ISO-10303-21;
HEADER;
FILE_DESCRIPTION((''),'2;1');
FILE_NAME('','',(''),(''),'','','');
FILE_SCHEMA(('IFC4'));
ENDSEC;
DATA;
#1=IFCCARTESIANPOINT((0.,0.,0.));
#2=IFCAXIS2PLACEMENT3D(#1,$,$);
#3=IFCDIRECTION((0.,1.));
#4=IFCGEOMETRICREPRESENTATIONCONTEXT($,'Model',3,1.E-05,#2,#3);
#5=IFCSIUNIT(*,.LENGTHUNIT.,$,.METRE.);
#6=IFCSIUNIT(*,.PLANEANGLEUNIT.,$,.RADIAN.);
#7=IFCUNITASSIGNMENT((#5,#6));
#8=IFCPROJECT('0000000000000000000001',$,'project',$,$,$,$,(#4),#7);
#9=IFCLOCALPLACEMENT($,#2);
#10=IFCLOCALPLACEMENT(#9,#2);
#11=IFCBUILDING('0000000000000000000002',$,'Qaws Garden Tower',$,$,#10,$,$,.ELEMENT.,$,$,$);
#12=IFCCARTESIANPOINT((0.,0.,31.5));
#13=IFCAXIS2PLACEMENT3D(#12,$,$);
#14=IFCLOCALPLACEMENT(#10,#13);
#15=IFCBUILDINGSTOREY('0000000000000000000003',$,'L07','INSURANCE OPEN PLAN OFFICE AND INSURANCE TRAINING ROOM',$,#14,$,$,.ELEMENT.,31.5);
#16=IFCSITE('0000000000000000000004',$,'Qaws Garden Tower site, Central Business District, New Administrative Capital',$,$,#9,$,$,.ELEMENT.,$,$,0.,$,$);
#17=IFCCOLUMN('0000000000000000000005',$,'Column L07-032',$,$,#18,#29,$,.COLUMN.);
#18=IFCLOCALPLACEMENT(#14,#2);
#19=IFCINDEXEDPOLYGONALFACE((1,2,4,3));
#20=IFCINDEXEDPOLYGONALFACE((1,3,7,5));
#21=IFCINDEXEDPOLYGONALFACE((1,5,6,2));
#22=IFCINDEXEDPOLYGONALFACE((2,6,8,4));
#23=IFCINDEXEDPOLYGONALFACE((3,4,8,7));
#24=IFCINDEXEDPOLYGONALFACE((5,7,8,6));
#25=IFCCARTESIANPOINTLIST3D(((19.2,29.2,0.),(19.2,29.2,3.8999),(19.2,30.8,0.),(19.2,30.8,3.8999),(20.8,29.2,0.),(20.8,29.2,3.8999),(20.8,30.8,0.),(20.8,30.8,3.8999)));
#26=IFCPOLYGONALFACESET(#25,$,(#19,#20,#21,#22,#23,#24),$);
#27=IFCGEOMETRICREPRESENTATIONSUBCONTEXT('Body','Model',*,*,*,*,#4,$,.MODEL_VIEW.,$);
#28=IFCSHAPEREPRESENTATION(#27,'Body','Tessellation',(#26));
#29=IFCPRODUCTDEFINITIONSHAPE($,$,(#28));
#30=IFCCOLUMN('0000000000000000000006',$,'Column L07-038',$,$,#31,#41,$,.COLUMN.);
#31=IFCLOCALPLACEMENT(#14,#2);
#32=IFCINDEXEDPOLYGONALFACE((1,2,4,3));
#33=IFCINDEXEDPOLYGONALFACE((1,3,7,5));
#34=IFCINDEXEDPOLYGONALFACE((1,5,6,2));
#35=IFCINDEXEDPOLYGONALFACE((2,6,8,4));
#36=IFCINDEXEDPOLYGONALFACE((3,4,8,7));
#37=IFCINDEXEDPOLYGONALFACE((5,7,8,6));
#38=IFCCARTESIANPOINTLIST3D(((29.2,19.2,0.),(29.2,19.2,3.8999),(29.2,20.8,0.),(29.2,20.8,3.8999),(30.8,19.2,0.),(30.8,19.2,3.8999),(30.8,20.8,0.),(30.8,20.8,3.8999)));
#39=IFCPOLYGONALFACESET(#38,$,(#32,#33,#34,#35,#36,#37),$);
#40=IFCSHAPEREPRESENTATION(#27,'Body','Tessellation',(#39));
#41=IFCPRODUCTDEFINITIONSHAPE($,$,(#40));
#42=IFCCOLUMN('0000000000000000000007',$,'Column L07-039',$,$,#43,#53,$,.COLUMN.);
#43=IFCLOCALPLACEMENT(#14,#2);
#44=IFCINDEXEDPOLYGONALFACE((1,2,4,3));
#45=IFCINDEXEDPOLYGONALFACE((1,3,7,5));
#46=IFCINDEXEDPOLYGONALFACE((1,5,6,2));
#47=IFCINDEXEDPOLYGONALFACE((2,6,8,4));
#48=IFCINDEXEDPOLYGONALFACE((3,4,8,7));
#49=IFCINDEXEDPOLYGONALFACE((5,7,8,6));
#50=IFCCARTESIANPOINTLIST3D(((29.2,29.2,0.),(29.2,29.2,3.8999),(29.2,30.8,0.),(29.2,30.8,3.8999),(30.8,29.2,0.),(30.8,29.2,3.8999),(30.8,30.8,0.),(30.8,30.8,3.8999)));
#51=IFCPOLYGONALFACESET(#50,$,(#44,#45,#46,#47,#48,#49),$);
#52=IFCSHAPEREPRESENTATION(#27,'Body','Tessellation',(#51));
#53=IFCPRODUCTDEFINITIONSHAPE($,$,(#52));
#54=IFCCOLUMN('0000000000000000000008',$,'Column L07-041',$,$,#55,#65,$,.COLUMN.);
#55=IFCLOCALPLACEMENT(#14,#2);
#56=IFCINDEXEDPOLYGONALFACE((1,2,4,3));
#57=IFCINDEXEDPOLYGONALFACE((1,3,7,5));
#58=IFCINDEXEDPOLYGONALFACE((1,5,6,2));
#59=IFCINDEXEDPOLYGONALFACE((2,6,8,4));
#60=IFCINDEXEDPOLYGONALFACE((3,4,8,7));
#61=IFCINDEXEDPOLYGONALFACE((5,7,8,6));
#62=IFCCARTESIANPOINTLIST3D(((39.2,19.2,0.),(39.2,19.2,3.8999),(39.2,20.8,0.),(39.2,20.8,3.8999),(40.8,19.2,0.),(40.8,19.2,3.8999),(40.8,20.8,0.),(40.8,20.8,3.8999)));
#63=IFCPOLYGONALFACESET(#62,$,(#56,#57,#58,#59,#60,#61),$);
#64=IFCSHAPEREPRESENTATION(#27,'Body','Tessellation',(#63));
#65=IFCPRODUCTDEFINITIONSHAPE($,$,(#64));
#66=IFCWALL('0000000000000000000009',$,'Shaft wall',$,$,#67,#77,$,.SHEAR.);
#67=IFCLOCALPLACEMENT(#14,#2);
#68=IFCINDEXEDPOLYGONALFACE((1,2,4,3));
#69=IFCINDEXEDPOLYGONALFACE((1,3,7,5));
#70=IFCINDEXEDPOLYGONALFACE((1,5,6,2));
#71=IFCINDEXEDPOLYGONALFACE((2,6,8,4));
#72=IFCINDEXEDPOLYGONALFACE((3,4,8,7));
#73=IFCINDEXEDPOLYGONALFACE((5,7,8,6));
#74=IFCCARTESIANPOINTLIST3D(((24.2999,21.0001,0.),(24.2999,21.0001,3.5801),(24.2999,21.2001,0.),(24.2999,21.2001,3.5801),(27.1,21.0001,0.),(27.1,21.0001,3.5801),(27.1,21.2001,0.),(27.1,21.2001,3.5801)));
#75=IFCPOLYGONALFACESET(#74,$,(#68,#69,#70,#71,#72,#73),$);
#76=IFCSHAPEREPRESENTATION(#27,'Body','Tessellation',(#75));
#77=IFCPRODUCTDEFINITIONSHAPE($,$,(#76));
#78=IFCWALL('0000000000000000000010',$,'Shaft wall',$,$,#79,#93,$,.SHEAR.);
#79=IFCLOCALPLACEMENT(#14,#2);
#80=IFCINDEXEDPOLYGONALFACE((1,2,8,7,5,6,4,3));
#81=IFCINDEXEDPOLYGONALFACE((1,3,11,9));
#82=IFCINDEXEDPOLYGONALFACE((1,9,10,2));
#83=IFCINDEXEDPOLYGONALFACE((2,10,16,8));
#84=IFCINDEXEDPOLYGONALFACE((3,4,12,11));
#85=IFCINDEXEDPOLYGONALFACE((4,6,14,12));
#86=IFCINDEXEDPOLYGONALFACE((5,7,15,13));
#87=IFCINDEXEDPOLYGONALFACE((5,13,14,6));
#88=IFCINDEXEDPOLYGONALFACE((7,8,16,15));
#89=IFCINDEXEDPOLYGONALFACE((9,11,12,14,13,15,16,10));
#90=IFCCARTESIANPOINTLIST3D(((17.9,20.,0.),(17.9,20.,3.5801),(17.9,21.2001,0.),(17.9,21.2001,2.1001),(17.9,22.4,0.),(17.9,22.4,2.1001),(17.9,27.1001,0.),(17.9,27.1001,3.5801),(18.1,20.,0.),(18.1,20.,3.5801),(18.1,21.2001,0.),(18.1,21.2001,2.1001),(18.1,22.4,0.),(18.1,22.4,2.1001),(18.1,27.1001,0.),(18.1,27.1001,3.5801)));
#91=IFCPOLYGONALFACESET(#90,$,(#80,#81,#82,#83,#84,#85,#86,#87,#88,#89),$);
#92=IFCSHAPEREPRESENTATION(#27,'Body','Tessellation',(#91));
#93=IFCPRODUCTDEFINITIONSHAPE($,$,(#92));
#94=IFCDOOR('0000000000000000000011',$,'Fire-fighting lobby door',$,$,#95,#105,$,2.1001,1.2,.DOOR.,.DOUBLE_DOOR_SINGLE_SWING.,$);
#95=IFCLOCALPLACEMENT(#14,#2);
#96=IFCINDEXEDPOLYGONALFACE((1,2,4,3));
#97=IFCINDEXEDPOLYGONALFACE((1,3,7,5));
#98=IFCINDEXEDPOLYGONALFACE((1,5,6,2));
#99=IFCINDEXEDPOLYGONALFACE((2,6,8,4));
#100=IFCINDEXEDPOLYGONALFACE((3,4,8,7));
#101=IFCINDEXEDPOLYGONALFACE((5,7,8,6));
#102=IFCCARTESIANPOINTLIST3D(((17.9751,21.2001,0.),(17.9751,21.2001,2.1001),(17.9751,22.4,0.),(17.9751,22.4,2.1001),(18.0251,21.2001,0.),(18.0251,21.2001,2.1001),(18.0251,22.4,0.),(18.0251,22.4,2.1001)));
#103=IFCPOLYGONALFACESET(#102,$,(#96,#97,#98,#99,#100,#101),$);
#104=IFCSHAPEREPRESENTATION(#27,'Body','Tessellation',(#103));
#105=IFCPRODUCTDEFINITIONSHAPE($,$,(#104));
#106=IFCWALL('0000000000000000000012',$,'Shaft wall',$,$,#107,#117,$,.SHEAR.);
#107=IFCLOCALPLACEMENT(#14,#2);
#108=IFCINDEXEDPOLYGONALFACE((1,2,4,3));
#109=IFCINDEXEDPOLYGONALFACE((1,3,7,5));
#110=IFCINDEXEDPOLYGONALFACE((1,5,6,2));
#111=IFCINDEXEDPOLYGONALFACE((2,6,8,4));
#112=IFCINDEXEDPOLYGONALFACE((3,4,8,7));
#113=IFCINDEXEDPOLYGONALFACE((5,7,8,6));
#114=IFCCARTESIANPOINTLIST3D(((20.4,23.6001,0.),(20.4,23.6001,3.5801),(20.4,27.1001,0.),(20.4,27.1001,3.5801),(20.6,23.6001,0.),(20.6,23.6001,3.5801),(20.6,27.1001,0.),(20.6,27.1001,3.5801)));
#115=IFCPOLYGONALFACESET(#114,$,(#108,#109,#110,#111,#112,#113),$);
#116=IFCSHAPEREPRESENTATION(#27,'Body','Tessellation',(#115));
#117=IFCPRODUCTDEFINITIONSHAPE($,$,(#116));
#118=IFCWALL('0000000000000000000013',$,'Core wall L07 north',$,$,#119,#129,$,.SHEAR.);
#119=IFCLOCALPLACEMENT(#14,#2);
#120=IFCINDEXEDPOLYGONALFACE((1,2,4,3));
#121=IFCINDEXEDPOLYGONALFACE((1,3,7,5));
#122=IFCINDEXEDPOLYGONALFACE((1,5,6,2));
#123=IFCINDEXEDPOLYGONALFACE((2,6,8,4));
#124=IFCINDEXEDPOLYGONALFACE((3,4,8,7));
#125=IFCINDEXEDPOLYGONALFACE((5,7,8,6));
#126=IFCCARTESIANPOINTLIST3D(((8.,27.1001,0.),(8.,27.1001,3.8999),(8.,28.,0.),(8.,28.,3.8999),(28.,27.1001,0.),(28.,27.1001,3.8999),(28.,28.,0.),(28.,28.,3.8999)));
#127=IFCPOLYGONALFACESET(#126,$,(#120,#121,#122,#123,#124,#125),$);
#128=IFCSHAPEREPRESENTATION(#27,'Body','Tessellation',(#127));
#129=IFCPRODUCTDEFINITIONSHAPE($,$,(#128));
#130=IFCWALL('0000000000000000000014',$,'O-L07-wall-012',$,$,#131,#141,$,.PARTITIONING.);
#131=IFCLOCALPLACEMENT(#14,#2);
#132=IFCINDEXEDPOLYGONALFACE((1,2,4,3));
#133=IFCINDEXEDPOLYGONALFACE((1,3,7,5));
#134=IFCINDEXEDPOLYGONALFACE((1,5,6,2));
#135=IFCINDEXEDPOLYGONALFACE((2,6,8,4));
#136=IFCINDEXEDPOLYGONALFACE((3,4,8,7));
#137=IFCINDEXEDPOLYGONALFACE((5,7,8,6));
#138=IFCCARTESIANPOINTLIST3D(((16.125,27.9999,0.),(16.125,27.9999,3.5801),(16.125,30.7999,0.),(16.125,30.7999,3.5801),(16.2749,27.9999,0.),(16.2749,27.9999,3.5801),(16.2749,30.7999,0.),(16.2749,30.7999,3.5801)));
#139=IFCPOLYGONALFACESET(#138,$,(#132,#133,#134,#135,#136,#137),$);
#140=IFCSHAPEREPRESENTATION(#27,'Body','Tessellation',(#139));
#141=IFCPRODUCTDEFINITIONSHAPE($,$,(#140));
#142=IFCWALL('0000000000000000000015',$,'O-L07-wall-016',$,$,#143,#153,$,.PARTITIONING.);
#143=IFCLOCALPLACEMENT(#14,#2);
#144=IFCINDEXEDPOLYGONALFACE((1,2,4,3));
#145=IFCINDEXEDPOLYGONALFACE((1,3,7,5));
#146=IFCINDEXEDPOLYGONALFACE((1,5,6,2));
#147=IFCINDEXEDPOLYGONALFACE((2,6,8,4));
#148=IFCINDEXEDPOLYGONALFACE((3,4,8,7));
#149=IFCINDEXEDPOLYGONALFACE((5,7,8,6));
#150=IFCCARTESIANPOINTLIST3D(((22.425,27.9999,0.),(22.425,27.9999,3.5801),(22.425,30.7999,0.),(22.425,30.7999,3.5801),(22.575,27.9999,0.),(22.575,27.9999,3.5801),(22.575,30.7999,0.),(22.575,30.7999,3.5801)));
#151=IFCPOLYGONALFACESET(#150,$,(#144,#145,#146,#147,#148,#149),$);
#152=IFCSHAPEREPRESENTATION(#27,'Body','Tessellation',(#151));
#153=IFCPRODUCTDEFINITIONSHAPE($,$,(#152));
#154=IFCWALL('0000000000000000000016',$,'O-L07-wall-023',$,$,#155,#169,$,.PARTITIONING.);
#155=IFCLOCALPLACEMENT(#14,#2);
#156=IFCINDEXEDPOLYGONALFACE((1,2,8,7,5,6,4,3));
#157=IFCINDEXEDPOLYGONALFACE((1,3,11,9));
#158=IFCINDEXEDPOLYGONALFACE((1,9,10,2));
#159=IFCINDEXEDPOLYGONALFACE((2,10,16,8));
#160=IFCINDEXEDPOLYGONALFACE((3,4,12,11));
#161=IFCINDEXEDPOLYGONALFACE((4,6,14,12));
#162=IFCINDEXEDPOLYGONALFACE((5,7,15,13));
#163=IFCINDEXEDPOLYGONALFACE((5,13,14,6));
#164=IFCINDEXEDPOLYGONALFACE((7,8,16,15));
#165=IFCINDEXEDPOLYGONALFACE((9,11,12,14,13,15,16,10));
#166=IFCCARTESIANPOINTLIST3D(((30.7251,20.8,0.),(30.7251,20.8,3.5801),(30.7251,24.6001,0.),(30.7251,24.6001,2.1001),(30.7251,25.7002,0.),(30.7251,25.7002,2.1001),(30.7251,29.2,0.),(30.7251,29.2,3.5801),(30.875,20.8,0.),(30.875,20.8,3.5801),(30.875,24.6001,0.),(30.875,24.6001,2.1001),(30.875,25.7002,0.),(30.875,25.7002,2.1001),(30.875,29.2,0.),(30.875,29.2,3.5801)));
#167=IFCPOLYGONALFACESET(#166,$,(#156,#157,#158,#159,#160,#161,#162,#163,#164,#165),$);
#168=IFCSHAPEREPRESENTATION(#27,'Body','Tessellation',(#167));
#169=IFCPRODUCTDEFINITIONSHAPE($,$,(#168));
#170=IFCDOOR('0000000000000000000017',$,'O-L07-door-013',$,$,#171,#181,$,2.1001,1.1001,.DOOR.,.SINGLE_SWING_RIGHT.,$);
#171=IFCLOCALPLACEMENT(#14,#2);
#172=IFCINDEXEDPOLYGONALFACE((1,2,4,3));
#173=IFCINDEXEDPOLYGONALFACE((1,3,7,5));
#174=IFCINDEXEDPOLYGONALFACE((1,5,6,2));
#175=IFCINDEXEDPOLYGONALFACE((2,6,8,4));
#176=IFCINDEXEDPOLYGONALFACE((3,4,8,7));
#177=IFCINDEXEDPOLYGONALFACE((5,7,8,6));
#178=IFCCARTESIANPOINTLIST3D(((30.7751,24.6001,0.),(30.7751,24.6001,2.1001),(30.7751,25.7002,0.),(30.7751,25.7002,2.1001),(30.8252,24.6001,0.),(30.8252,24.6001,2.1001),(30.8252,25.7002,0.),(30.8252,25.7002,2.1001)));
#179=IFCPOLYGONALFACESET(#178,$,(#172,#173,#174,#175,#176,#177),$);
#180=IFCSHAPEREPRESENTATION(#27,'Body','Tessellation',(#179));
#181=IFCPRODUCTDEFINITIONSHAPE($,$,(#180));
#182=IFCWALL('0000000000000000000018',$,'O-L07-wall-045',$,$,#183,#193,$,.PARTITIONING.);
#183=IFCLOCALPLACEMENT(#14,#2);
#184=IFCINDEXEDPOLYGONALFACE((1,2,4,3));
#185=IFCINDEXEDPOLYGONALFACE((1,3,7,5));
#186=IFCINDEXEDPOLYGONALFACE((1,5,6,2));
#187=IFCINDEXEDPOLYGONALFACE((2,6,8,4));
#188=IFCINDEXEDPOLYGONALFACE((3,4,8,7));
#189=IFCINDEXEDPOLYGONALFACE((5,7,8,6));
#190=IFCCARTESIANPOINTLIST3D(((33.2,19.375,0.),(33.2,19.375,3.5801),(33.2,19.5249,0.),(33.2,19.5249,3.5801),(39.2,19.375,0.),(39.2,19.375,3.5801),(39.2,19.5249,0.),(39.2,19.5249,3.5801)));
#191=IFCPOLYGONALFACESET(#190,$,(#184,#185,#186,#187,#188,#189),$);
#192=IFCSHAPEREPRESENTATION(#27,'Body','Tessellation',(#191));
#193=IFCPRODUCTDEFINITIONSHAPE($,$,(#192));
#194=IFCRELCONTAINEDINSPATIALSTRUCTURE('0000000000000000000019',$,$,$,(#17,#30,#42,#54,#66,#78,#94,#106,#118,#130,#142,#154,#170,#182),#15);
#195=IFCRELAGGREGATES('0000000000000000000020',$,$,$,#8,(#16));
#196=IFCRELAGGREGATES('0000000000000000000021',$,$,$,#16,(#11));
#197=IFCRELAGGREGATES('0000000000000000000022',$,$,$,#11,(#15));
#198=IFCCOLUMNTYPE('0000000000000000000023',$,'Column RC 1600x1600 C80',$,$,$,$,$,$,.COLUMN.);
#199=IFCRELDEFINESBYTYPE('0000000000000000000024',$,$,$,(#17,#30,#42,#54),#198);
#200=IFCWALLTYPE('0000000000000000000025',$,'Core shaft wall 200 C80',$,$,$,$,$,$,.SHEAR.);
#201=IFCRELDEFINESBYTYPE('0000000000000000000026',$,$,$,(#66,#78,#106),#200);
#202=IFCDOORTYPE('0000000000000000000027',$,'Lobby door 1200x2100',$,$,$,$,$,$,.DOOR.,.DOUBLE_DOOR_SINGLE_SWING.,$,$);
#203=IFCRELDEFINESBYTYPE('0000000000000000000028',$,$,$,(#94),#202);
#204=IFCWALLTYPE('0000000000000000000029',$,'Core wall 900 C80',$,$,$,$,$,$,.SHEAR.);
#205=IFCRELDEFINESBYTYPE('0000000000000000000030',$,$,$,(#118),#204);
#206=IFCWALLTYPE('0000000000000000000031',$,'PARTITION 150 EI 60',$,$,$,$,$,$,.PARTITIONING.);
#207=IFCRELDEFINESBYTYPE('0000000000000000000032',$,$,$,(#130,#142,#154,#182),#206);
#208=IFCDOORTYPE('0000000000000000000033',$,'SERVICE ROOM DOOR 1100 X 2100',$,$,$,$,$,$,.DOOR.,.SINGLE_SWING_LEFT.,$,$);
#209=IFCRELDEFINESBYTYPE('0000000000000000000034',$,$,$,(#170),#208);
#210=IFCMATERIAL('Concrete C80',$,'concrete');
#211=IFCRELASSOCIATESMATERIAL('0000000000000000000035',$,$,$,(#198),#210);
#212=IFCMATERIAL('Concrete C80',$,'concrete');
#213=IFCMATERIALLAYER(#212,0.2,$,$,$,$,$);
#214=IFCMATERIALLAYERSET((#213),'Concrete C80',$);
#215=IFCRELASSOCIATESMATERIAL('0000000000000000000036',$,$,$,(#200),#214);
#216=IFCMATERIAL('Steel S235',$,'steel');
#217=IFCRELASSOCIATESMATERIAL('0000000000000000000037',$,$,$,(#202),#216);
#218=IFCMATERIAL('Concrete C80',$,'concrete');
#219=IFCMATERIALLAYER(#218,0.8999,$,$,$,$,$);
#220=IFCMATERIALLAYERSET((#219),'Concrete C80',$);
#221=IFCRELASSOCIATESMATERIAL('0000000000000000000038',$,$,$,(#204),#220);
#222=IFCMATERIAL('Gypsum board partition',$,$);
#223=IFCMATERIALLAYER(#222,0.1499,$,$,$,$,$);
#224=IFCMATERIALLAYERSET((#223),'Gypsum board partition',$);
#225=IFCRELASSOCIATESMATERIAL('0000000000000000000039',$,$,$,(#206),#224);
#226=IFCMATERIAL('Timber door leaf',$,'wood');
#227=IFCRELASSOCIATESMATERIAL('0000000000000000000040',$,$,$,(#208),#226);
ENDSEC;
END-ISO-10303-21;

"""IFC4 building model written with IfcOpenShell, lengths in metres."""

from ifc_helpers import new_model, si_unit, direction, frame, frame_2d, origin, origin_2d, place, context, subcontext, project, spatial, rectangle, extrude, material, layer, layer_set, material_profile, profile_set, type_object, element, fill, save


model = new_model("IFC4")

# Units and contexts
model_context = context("Model", 3, precision=1e-05, world=origin(), true_north=direction((0.0, 1.0)))
body_context = subcontext(model_context, "Body", "Model", "MODEL_VIEW")
ifc_project = project(units=[si_unit("LENGTHUNIT", "METRE"), si_unit("PLANEANGLEUNIT", "RADIAN")], contexts=[model_context])

# Site, building, storey
site_placement = place(None, origin())
site = spatial("IfcSite", under=ifc_project, at=site_placement, Name="Qaws Garden Tower site, Central Business District, New Administrative Capital", CompositionType="ELEMENT", RefElevation=0.0)
building_placement = place(site_placement, origin())
building = spatial("IfcBuilding", under=site, at=building_placement, Name="Qaws Garden Tower", CompositionType="ELEMENT")
storey_placement = place(building_placement, frame((0.0, 0.0, 31.5)))
storey = spatial("IfcBuildingStorey", under=building, at=storey_placement, Name="L07", Description="INSURANCE OPEN PLAN OFFICE AND INSURANCE TRAINING ROOM", CompositionType="ELEMENT", Elevation=31.5)

# Columns
ifc_material_1 = material(Name="Concrete C80", Category="concrete")
ifc_material_profile = material_profile(ifc_material_1, rectangle(XDim=1.6001, YDim=1.6001, at=origin_2d()), Name="RC 1600x1600")
ifc_profile_set = profile_set([ifc_material_profile], Name="Concrete C80")
column_type = type_object("IfcColumnType", Name="Column RC 1600x1600 C80", PredefinedType="COLUMN", material=ifc_profile_set)
for number, where, z_axis, x_axis, name in (
    (1, (20.0, 30.0, 0.0), (0.0, 0.0, 1.0), (1.0, 0.0, 0.0), "Column L07-032"),
    (2, (30.0, 20.0, 0.0), (0.0, 0.0, 1.0), (1.0, 0.0, 0.0), "Column L07-038"),
    (3, (30.0, 30.0, 0.0), (0.0, 0.0, 1.0), (1.0, 0.0, 0.0), "Column L07-039"),
    (4, (40.0, 20.0, 0.0), (0.0, 0.0, 1.0), (1.0, 0.0, 0.0), "Column L07-041"),
):
    element("IfcColumn", number, at=place(storey_placement, frame(where, z_axis=z_axis, x_axis=x_axis)), inside=storey, type_object=column_type, Name=name, PredefinedType="COLUMN", context=body_context, shape_type="SweptSolid", body=[
        extrude(rectangle(XDim=1.6001, YDim=1.6001, at=origin_2d()), origin(), (0.0, 0.0, 1.0), 3.8999),
    ])

# Wall
ifc_material_2 = material(Name="Concrete C80", Category="concrete")
ifc_layer_1 = layer(ifc_material_2, 0.2)
ifc_layer_set_1 = layer_set([ifc_layer_1], Name="Concrete C80")
wall_type_1 = type_object("IfcWallType", Name="Core shaft wall 200 C80", PredefinedType="SHEAR", material=ifc_layer_set_1)
wall_1_placement = place(storey_placement, frame((24.3, 21.1001, 0.0), z_axis=(0.0, 0.0, 1.0), x_axis=(1.0, 0.0, 0.0)))
element("IfcWall", 5, at=wall_1_placement, inside=storey, type_object=wall_type_1, Name="Shaft wall", PredefinedType="SHEAR", context=body_context, shape_type="SweptSolid", body=[
    extrude(rectangle(XDim=2.8, YDim=0.2, at=frame_2d((1.3999, 0.0))), origin(), (0.0, 0.0, 1.0), 3.5801),
])

# Wall, opening, door
wall_2_placement = place(storey_placement, frame((18.0, 20.0, 0.0), z_axis=(0.0, 0.0, 1.0), x_axis=(0.0, 1.0, 0.0)))
wall_2 = element("IfcWall", 6, at=wall_2_placement, inside=storey, type_object=wall_type_1, Name="Shaft wall", PredefinedType="SHEAR", context=body_context, shape_type="SweptSolid", body=[
    extrude(rectangle(XDim=7.1001, YDim=0.2, at=frame_2d((3.55, 0.0))), origin(), (0.0, 0.0, 1.0), 3.5801),
])
opening_1_placement = place(wall_2_placement, frame((1.2, 0.0, 0.0)))
opening_1 = element("IfcOpeningElement", 7, at=opening_1_placement, cuts=wall_2, PredefinedType="OPENING", context=body_context, shape_type="SweptSolid", body=[
    extrude(rectangle(XDim=1.2, YDim=2.1001, at=frame_2d((0.6001, 1.05))), frame((0.0, 0.1099, 0.0), z_axis=(0.0, -1.0, 0.0), x_axis=(1.0, 0.0, 0.0)), (0.0, 0.0, 1.0), 0.22),
])
ifc_material_3 = material(Name="Steel S235", Category="steel")
door_type_1 = type_object("IfcDoorType", Name="Lobby door 1200x2100", OperationType="DOUBLE_DOOR_SINGLE_SWING", PredefinedType="DOOR", material=ifc_material_3)
door_1_placement = place(opening_1_placement, origin())
door_1 = element("IfcDoor", 8, at=door_1_placement, inside=storey, type_object=door_type_1, Name="Fire-fighting lobby door", OperationType="DOUBLE_DOOR_SINGLE_SWING", OverallHeight=2.1001, OverallWidth=1.2, PredefinedType="DOOR", context=body_context, shape_type="SweptSolid", body=[
    extrude(rectangle(XDim=1.2, YDim=2.1001, at=frame_2d((0.6001, 1.05))), frame((0.0, 0.0249, 0.0), z_axis=(0.0, -1.0, 0.0), x_axis=(1.0, 0.0, 0.0)), (0.0, 0.0, 1.0), 0.05),
])
fill(opening_1, door_1)

# Walls
wall_3_placement = place(storey_placement, frame((20.5, 23.6001, 0.0), z_axis=(0.0, 0.0, 1.0), x_axis=(0.0, 1.0, 0.0)))
element("IfcWall", 9, at=wall_3_placement, inside=storey, type_object=wall_type_1, Name="Shaft wall", PredefinedType="SHEAR", context=body_context, shape_type="SweptSolid", body=[
    extrude(rectangle(XDim=3.5, YDim=0.2, at=frame_2d((1.75, 0.0))), origin(), (0.0, 0.0, 1.0), 3.5801),
])
ifc_material_4 = material(Name="Concrete C80", Category="concrete")
ifc_layer_2 = layer(ifc_material_4, 0.8999)
ifc_layer_set_2 = layer_set([ifc_layer_2], Name="Concrete C80")
wall_type_2 = type_object("IfcWallType", Name="Core wall 900 C80", PredefinedType="SHEAR", material=ifc_layer_set_2)
wall_4_placement = place(storey_placement, frame((28.0, 27.55, 0.0), z_axis=(0.0, 0.0, 1.0), x_axis=(-1.0, 0.0, 0.0)))
element("IfcWall", 10, at=wall_4_placement, inside=storey, type_object=wall_type_2, Name="Core wall L07 north", PredefinedType="SHEAR", context=body_context, shape_type="SweptSolid", body=[
    extrude(rectangle(XDim=20.0, YDim=0.8999, at=frame_2d((10.0, 0.0))), origin(), (0.0, 0.0, 1.0), 3.8999),
])
ifc_material_5 = material(Name="Gypsum board partition")
ifc_layer_3 = layer(ifc_material_5, 0.1499)
ifc_layer_set_3 = layer_set([ifc_layer_3], Name="Gypsum board partition")
wall_type_3 = type_object("IfcWallType", Name="PARTITION 150 EI 60", PredefinedType="PARTITIONING", material=ifc_layer_set_3)
for number, where, z_axis, x_axis, name in (
    (11, (16.2, 28.0, 0.0), (0.0, 0.0, 1.0), (0.0, 1.0, 0.0), "O-L07-wall-012"),
    (12, (22.5, 28.0, 0.0), (0.0, 0.0, 1.0), (0.0, 1.0, 0.0), "O-L07-wall-016"),
):
    element("IfcWall", number, at=place(storey_placement, frame(where, z_axis=z_axis, x_axis=x_axis)), inside=storey, type_object=wall_type_3, Name=name, PredefinedType="PARTITIONING", context=body_context, shape_type="SweptSolid", body=[
        extrude(rectangle(XDim=2.8, YDim=0.1499, at=frame_2d((1.3999, 0.0))), origin(), (0.0, 0.0, 1.0), 3.5801),
    ])

# Wall, opening, door
wall_5_placement = place(storey_placement, frame((30.8, 20.8, 0.0), z_axis=(0.0, 0.0, 1.0), x_axis=(0.0, 1.0, 0.0)))
wall_5 = element("IfcWall", 13, at=wall_5_placement, inside=storey, type_object=wall_type_3, Name="O-L07-wall-023", PredefinedType="PARTITIONING", context=body_context, shape_type="SweptSolid", body=[
    extrude(rectangle(XDim=8.3999, YDim=0.1499, at=frame_2d((4.2, 0.0))), origin(), (0.0, 0.0, 1.0), 3.5801),
])
opening_2_placement = place(wall_5_placement, frame((3.8, 0.0, 0.0)))
opening_2 = element("IfcOpeningElement", 14, at=opening_2_placement, cuts=wall_5, PredefinedType="OPENING", context=body_context, shape_type="SweptSolid", body=[
    extrude(rectangle(XDim=1.1001, YDim=2.1001, at=frame_2d((0.55, 1.05))), frame((0.0, 0.085, 0.0), z_axis=(0.0, -1.0, 0.0), x_axis=(1.0, 0.0, 0.0)), (0.0, 0.0, 1.0), 0.1699),
])
ifc_material_6 = material(Name="Timber door leaf", Category="wood")
door_type_2 = type_object("IfcDoorType", Name="SERVICE ROOM DOOR 1100 X 2100", OperationType="SINGLE_SWING_LEFT", PredefinedType="DOOR", material=ifc_material_6)
door_2_placement = place(opening_2_placement, origin())
door_2 = element("IfcDoor", 15, at=door_2_placement, inside=storey, type_object=door_type_2, Name="O-L07-door-013", OperationType="SINGLE_SWING_RIGHT", OverallHeight=2.1001, OverallWidth=1.1001, PredefinedType="DOOR", context=body_context, shape_type="SweptSolid", body=[
    extrude(rectangle(XDim=1.1001, YDim=2.1001, at=frame_2d((0.55, 1.05))), frame((0.0, 0.0249, 0.0), z_axis=(0.0, -1.0, 0.0), x_axis=(1.0, 0.0, 0.0)), (0.0, 0.0, 1.0), 0.05),
])
fill(opening_2, door_2)

# Wall
wall_6_placement = place(storey_placement, frame((33.2, 19.45, 0.0), z_axis=(0.0, 0.0, 1.0), x_axis=(1.0, 0.0, 0.0)))
element("IfcWall", 16, at=wall_6_placement, inside=storey, type_object=wall_type_3, Name="O-L07-wall-045", PredefinedType="PARTITIONING", context=body_context, shape_type="SweptSolid", body=[
    extrude(rectangle(XDim=6.0, YDim=0.1499, at=frame_2d((3.0, 0.0))), origin(), (0.0, 0.0, 1.0), 3.5801),
])

save(model, "model.ifc")
